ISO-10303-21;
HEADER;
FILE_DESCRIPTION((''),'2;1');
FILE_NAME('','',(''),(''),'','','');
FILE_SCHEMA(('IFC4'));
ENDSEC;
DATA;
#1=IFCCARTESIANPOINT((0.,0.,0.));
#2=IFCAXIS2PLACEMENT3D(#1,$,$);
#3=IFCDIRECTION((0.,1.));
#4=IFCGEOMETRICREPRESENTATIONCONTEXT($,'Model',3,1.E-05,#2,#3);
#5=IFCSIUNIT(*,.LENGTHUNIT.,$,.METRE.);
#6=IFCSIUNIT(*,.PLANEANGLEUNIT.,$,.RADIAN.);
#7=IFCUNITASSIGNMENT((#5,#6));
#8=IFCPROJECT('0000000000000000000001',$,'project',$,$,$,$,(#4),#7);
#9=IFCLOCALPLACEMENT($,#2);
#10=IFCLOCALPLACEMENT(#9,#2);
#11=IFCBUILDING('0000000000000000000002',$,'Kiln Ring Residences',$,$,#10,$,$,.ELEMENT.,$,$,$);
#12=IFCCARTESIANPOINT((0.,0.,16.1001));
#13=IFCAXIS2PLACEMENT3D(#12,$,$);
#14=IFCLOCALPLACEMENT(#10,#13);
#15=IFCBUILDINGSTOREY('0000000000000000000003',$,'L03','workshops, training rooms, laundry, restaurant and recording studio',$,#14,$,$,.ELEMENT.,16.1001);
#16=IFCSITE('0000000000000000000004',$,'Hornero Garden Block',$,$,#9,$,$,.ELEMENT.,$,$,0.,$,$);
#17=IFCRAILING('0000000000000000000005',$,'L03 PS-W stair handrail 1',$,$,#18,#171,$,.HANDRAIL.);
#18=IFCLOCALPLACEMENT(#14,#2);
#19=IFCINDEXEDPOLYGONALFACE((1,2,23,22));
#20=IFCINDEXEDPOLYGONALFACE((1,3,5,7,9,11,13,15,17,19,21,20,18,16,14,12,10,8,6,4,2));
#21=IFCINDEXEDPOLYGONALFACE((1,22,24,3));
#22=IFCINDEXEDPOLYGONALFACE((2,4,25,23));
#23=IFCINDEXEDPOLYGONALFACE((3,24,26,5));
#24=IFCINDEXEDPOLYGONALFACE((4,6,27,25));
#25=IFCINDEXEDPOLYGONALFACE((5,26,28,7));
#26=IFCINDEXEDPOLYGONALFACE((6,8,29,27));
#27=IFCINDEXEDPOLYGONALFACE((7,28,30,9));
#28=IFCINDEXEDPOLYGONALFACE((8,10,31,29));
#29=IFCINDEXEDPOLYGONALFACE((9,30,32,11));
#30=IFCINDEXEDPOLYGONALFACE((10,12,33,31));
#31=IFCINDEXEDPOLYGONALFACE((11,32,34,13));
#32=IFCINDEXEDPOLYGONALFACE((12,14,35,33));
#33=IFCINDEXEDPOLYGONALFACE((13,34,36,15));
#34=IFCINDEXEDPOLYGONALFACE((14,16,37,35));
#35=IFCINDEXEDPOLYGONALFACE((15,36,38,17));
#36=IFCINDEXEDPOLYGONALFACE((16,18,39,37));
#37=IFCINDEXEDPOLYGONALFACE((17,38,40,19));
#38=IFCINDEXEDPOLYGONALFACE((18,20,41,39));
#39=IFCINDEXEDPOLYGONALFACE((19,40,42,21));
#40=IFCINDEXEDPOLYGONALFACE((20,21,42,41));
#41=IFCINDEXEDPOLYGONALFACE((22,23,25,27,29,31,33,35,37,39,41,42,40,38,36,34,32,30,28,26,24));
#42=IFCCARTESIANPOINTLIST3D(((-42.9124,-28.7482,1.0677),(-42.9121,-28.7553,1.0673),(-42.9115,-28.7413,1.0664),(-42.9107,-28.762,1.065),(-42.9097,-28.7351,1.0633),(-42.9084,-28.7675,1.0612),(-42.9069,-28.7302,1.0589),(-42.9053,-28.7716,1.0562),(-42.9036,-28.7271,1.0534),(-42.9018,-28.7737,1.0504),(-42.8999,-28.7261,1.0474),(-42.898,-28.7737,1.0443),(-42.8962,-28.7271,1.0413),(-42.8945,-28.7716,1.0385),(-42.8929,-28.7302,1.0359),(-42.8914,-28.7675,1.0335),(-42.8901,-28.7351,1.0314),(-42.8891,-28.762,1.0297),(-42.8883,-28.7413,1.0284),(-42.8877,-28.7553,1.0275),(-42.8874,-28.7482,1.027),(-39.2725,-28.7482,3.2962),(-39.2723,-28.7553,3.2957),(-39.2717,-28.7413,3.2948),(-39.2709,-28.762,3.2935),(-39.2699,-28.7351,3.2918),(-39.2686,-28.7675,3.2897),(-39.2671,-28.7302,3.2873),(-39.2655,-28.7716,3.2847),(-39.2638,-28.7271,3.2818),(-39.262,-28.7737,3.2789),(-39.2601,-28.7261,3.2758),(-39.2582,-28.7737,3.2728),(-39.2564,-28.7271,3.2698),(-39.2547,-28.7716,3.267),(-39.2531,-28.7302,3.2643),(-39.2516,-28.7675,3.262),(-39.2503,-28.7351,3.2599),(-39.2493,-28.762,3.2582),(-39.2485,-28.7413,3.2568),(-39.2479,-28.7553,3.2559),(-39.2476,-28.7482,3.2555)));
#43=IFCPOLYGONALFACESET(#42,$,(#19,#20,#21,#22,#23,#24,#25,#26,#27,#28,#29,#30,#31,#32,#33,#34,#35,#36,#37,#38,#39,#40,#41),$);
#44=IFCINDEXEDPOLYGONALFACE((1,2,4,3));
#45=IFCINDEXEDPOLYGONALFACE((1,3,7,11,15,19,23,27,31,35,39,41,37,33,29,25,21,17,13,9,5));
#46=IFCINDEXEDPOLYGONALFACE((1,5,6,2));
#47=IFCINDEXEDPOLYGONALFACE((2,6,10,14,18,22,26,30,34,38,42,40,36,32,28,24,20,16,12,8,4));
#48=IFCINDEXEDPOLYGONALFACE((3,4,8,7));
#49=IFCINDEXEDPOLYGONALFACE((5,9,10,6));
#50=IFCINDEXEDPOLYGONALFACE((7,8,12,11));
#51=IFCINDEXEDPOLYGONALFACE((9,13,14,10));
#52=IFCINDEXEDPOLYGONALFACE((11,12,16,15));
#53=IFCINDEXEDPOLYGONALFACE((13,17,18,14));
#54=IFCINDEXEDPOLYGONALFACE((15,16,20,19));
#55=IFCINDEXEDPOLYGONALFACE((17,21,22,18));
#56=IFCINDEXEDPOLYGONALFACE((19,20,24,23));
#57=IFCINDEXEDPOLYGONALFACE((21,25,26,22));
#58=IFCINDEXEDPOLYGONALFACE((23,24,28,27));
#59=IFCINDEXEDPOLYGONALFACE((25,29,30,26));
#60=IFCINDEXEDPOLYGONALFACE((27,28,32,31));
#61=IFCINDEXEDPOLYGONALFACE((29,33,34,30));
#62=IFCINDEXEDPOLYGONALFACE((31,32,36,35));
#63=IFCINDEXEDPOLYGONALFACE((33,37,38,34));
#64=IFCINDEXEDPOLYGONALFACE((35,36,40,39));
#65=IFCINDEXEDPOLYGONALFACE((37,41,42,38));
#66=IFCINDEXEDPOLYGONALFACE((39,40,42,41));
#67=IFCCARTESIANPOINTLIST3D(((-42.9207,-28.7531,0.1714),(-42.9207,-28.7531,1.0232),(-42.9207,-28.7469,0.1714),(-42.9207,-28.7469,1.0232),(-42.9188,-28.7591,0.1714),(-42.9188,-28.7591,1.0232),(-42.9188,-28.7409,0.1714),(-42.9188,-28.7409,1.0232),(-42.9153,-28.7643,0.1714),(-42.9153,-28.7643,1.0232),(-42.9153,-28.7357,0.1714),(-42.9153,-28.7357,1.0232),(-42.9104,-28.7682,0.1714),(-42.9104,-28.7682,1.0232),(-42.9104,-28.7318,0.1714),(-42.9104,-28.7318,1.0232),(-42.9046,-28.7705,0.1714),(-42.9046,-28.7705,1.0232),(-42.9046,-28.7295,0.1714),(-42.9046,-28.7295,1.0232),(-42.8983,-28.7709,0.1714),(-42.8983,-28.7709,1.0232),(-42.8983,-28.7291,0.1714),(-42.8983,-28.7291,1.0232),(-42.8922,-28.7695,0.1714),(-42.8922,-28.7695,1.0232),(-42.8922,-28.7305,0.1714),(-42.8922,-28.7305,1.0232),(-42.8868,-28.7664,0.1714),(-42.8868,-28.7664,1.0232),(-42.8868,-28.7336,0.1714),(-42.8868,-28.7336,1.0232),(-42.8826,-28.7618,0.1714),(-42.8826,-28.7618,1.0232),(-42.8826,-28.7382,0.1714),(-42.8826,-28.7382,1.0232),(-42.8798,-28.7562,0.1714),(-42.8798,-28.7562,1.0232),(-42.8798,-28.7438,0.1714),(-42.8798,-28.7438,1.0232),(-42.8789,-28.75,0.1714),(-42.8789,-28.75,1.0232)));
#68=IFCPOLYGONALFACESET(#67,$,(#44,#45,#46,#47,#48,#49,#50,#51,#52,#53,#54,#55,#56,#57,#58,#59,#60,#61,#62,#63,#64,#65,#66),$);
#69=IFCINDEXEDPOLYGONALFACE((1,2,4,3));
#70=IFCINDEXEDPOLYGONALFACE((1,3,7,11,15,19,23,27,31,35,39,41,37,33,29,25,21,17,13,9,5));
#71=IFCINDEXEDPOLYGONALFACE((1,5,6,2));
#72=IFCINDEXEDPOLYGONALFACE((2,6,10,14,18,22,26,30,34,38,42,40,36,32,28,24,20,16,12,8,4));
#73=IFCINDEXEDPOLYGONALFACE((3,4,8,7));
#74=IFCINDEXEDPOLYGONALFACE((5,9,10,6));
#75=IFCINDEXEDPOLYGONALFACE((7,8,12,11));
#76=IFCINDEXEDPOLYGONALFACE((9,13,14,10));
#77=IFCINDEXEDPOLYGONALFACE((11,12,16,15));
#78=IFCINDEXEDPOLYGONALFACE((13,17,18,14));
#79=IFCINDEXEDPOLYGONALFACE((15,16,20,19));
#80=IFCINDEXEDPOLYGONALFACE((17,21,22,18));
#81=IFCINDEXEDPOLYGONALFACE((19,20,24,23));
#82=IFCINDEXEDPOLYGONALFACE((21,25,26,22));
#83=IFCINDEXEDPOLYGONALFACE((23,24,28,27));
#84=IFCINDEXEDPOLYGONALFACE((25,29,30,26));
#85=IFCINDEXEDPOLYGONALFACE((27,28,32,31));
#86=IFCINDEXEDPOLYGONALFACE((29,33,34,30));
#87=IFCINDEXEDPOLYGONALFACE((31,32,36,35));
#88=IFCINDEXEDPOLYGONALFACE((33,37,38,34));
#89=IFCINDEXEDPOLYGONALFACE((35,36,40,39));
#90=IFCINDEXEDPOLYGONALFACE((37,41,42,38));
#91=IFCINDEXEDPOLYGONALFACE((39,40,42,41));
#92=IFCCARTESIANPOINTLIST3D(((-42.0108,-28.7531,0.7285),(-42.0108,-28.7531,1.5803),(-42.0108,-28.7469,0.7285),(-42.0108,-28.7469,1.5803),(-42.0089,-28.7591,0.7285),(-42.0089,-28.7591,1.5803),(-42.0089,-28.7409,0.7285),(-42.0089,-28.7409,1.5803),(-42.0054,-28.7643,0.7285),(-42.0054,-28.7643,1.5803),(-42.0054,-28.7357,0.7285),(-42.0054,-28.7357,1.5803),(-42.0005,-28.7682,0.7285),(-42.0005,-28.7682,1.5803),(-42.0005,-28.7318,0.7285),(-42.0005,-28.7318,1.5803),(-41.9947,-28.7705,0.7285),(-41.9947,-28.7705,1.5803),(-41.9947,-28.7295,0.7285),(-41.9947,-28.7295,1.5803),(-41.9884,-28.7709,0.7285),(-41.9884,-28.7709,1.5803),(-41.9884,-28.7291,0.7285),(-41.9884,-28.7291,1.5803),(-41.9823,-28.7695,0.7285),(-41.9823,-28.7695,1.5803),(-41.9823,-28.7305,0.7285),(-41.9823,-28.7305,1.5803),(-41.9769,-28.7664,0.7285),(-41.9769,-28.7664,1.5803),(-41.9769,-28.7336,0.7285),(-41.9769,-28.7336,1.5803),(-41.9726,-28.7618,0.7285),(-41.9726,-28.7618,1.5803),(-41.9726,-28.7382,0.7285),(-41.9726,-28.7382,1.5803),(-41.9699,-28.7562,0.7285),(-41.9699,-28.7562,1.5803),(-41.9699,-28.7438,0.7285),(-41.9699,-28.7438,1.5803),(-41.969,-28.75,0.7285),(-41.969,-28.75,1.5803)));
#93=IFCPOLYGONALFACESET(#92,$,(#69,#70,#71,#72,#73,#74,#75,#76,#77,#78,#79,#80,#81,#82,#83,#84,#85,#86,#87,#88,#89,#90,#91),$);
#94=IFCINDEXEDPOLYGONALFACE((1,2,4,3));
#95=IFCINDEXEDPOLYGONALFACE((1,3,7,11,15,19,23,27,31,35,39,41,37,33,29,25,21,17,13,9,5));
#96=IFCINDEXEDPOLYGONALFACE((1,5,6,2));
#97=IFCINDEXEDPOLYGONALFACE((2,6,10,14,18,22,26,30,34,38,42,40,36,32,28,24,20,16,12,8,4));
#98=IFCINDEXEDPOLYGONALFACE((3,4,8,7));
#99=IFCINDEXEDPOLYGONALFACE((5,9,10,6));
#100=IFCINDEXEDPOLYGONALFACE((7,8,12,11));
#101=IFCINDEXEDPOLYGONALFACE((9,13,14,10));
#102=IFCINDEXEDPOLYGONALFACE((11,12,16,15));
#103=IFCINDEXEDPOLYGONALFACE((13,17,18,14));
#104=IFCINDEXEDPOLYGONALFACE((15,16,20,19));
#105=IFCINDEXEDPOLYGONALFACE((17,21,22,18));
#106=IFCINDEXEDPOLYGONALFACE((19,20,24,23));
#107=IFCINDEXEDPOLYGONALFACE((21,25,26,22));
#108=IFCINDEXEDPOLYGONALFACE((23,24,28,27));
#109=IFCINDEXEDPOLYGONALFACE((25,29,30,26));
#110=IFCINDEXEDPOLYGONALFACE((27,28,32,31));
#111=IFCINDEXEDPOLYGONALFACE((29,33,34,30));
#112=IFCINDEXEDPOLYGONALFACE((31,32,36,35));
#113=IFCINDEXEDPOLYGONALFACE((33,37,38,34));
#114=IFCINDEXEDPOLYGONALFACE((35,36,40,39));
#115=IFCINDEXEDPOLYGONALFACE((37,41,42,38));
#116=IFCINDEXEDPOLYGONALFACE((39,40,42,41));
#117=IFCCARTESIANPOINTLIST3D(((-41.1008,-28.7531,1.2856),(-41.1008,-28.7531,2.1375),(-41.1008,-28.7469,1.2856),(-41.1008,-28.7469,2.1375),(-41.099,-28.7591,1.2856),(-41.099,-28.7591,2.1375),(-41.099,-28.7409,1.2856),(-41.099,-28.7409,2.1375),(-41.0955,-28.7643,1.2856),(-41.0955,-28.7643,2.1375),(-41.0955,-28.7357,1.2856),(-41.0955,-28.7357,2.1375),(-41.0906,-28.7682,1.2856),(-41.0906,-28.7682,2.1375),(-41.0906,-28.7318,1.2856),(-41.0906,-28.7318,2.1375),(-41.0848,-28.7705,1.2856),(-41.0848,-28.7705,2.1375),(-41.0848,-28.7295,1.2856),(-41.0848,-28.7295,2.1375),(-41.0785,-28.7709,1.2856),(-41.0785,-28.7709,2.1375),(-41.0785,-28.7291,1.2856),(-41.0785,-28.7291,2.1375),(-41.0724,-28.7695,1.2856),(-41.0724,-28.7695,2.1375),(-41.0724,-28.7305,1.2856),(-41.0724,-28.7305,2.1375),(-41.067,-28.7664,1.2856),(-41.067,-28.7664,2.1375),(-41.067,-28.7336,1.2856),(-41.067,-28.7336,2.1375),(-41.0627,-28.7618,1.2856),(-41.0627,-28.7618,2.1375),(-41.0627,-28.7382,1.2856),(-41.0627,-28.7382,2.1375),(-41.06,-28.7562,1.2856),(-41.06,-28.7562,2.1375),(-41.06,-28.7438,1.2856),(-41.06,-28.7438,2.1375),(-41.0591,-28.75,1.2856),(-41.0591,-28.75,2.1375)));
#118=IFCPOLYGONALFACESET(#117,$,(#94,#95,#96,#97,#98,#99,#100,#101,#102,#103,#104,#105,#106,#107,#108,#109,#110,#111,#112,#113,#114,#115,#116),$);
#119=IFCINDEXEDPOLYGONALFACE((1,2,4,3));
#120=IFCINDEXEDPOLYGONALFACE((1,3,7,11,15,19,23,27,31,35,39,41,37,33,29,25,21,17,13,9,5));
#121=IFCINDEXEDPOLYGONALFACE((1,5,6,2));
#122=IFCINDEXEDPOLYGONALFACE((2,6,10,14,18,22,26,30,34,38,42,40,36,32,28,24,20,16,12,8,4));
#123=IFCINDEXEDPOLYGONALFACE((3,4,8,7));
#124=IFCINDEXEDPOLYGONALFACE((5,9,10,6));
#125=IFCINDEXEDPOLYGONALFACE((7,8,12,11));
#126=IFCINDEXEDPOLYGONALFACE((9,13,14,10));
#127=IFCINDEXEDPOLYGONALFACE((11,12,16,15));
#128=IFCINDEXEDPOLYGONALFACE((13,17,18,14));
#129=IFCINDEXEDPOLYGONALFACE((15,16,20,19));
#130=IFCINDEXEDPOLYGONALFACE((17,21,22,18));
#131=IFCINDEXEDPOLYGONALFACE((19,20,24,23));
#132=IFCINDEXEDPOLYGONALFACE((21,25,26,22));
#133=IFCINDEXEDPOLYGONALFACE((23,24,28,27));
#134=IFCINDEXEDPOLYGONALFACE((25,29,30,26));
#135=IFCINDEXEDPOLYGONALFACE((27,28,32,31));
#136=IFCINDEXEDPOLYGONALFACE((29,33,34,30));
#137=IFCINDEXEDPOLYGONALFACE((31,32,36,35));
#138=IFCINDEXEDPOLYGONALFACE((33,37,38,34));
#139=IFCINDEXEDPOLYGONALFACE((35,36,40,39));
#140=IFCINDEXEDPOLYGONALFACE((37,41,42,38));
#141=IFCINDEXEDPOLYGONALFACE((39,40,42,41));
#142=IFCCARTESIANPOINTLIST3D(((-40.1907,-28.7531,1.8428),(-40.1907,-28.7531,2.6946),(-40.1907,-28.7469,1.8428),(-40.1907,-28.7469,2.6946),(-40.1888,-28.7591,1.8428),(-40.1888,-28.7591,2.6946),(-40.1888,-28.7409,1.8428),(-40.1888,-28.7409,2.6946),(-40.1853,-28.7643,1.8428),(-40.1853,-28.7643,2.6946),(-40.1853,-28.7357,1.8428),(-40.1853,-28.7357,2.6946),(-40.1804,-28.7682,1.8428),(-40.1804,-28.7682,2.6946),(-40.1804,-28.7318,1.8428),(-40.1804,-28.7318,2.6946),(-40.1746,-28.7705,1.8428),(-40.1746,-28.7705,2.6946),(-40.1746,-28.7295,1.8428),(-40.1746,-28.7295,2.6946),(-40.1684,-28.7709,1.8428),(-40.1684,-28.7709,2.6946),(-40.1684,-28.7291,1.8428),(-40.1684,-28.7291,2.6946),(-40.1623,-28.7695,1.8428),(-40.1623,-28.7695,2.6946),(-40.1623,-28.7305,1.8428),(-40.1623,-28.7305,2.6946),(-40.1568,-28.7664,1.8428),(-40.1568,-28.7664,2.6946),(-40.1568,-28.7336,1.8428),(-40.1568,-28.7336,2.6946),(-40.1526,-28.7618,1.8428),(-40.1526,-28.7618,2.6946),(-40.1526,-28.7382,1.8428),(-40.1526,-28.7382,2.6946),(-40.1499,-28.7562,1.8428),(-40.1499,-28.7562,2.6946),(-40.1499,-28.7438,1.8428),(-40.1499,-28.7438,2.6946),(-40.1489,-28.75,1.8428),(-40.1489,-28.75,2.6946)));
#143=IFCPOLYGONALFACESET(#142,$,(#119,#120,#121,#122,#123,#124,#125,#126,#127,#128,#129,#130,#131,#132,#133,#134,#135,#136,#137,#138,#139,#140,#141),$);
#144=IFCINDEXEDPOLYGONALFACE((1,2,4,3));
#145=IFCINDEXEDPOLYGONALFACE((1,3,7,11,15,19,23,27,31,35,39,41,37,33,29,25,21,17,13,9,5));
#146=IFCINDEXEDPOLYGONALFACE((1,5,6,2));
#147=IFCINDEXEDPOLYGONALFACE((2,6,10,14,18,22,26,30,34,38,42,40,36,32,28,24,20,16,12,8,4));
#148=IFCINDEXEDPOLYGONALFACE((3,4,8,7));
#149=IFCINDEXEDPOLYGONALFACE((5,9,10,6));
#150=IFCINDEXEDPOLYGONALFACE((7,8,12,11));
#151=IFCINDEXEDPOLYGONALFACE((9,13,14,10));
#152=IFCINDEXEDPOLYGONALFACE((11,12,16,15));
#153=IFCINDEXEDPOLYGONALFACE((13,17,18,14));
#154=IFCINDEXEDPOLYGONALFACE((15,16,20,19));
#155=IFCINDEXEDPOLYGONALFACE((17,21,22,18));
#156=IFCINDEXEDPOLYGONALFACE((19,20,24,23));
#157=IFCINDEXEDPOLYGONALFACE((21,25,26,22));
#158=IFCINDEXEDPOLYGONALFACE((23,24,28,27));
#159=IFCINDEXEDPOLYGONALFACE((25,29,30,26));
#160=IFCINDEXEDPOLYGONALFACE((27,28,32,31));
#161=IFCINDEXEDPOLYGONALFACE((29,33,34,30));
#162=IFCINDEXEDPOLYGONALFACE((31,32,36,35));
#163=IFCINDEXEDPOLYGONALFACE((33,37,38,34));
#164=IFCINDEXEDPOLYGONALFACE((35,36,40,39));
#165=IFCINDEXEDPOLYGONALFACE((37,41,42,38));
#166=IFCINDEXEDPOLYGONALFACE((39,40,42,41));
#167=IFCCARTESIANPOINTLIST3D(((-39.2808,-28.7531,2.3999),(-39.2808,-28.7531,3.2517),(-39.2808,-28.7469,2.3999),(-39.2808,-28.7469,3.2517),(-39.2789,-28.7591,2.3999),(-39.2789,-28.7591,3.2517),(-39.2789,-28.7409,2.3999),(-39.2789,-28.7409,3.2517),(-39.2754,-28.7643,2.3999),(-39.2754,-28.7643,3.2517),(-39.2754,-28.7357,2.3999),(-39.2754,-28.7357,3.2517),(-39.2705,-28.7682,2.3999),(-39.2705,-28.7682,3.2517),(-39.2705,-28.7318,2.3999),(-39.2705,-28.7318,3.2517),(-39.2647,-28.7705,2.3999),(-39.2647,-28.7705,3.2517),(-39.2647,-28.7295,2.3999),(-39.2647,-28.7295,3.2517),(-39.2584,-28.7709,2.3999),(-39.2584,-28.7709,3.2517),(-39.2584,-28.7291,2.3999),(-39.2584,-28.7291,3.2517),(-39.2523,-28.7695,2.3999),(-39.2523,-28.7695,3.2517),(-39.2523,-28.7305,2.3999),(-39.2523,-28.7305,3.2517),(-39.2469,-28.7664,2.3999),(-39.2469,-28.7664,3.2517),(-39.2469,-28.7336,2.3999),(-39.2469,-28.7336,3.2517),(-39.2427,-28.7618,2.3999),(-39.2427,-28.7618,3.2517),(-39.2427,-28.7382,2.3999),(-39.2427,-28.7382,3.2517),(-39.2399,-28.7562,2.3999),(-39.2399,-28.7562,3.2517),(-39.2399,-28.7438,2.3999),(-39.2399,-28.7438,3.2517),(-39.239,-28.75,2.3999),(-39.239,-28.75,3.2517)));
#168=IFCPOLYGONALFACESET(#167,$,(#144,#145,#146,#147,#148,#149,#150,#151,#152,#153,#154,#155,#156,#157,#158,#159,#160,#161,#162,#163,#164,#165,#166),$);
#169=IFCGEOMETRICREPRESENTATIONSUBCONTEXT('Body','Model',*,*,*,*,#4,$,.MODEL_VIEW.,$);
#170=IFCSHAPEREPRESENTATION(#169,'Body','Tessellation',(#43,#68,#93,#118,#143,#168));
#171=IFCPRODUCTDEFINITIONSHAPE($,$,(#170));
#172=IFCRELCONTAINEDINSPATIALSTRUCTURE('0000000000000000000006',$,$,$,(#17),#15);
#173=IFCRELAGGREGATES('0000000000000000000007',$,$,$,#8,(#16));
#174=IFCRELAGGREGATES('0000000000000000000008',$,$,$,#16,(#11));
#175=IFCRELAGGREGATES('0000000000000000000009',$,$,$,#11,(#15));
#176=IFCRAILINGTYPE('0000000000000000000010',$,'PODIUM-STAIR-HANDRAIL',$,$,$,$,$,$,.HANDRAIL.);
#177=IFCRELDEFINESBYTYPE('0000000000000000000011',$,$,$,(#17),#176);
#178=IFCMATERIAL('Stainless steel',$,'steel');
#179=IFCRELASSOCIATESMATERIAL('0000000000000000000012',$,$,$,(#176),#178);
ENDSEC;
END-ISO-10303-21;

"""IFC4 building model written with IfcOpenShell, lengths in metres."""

from ifc_helpers import new_model, si_unit, direction, frame, origin, origin_2d, place, context, subcontext, project, spatial, circle, extrude, material, type_object, element, save


model = new_model("IFC4")

# Units and contexts
model_context = context("Model", 3, precision=1e-05, world=origin(), true_north=direction((0.0, 1.0)))
body_context = subcontext(model_context, "Body", "Model", "MODEL_VIEW")
ifc_project = project(units=[si_unit("LENGTHUNIT", "METRE"), si_unit("PLANEANGLEUNIT", "RADIAN")], contexts=[model_context])

# Site, building, storey
site_placement = place(None, origin())
site = spatial("IfcSite", under=ifc_project, at=site_placement, Name="Hornero Garden Block", CompositionType="ELEMENT", RefElevation=0.0)
building_placement = place(site_placement, origin())
building = spatial("IfcBuilding", under=site, at=building_placement, Name="Kiln Ring Residences", CompositionType="ELEMENT")
storey_placement = place(building_placement, frame((0.0, 0.0, 16.1001)))
storey = spatial("IfcBuildingStorey", under=building, at=storey_placement, Name="L03", Description="workshops, training rooms, laundry, restaurant and recording studio", CompositionType="ELEMENT", Elevation=16.1001)

# Railing
ifc_material_1 = material(Name="Stainless steel", Category="steel")
railing_type_1 = type_object("IfcRailingType", Name="PODIUM-STAIR-HANDRAIL", PredefinedType="HANDRAIL", material=ifc_material_1)
railing_1_placement = place(storey_placement, frame((-42.8999, -28.75, 0.1714)))
element("IfcRailing", 1, at=railing_1_placement, inside=storey, type_object=railing_type_1, Name="L03 PS-W stair handrail 1", PredefinedType="HANDRAIL", context=body_context, shape_type="SweptSolid", body=[
    extrude(circle(Radius=0.0239, at=origin_2d()), frame((0.0, 0.0, 0.876), z_axis=(0.85285, 0.0, 0.522156), x_axis=(0.0, 1.0, 0.0)), (0.0, 0.0, 1.0), 4.2678),
    extrude(circle(Radius=0.021, at=origin_2d()), origin(), (0.0, 0.0, 1.0), 0.8518),
    extrude(circle(Radius=0.021, at=origin_2d()), frame((0.9099, 0.0, 0.5571)), (0.0, 0.0, 1.0), 0.8518),
    extrude(circle(Radius=0.021, at=origin_2d()), frame((1.8198, 0.0, 1.1143)), (0.0, 0.0, 1.0), 0.8518),
    extrude(circle(Radius=0.021, at=origin_2d()), frame((2.73, 0.0, 1.6714)), (0.0, 0.0, 1.0), 0.8518),
    extrude(circle(Radius=0.021, at=origin_2d()), frame((3.6399, 0.0, 2.2285)), (0.0, 0.0, 1.0), 0.8518),
])

save(model, "model.ifc")
